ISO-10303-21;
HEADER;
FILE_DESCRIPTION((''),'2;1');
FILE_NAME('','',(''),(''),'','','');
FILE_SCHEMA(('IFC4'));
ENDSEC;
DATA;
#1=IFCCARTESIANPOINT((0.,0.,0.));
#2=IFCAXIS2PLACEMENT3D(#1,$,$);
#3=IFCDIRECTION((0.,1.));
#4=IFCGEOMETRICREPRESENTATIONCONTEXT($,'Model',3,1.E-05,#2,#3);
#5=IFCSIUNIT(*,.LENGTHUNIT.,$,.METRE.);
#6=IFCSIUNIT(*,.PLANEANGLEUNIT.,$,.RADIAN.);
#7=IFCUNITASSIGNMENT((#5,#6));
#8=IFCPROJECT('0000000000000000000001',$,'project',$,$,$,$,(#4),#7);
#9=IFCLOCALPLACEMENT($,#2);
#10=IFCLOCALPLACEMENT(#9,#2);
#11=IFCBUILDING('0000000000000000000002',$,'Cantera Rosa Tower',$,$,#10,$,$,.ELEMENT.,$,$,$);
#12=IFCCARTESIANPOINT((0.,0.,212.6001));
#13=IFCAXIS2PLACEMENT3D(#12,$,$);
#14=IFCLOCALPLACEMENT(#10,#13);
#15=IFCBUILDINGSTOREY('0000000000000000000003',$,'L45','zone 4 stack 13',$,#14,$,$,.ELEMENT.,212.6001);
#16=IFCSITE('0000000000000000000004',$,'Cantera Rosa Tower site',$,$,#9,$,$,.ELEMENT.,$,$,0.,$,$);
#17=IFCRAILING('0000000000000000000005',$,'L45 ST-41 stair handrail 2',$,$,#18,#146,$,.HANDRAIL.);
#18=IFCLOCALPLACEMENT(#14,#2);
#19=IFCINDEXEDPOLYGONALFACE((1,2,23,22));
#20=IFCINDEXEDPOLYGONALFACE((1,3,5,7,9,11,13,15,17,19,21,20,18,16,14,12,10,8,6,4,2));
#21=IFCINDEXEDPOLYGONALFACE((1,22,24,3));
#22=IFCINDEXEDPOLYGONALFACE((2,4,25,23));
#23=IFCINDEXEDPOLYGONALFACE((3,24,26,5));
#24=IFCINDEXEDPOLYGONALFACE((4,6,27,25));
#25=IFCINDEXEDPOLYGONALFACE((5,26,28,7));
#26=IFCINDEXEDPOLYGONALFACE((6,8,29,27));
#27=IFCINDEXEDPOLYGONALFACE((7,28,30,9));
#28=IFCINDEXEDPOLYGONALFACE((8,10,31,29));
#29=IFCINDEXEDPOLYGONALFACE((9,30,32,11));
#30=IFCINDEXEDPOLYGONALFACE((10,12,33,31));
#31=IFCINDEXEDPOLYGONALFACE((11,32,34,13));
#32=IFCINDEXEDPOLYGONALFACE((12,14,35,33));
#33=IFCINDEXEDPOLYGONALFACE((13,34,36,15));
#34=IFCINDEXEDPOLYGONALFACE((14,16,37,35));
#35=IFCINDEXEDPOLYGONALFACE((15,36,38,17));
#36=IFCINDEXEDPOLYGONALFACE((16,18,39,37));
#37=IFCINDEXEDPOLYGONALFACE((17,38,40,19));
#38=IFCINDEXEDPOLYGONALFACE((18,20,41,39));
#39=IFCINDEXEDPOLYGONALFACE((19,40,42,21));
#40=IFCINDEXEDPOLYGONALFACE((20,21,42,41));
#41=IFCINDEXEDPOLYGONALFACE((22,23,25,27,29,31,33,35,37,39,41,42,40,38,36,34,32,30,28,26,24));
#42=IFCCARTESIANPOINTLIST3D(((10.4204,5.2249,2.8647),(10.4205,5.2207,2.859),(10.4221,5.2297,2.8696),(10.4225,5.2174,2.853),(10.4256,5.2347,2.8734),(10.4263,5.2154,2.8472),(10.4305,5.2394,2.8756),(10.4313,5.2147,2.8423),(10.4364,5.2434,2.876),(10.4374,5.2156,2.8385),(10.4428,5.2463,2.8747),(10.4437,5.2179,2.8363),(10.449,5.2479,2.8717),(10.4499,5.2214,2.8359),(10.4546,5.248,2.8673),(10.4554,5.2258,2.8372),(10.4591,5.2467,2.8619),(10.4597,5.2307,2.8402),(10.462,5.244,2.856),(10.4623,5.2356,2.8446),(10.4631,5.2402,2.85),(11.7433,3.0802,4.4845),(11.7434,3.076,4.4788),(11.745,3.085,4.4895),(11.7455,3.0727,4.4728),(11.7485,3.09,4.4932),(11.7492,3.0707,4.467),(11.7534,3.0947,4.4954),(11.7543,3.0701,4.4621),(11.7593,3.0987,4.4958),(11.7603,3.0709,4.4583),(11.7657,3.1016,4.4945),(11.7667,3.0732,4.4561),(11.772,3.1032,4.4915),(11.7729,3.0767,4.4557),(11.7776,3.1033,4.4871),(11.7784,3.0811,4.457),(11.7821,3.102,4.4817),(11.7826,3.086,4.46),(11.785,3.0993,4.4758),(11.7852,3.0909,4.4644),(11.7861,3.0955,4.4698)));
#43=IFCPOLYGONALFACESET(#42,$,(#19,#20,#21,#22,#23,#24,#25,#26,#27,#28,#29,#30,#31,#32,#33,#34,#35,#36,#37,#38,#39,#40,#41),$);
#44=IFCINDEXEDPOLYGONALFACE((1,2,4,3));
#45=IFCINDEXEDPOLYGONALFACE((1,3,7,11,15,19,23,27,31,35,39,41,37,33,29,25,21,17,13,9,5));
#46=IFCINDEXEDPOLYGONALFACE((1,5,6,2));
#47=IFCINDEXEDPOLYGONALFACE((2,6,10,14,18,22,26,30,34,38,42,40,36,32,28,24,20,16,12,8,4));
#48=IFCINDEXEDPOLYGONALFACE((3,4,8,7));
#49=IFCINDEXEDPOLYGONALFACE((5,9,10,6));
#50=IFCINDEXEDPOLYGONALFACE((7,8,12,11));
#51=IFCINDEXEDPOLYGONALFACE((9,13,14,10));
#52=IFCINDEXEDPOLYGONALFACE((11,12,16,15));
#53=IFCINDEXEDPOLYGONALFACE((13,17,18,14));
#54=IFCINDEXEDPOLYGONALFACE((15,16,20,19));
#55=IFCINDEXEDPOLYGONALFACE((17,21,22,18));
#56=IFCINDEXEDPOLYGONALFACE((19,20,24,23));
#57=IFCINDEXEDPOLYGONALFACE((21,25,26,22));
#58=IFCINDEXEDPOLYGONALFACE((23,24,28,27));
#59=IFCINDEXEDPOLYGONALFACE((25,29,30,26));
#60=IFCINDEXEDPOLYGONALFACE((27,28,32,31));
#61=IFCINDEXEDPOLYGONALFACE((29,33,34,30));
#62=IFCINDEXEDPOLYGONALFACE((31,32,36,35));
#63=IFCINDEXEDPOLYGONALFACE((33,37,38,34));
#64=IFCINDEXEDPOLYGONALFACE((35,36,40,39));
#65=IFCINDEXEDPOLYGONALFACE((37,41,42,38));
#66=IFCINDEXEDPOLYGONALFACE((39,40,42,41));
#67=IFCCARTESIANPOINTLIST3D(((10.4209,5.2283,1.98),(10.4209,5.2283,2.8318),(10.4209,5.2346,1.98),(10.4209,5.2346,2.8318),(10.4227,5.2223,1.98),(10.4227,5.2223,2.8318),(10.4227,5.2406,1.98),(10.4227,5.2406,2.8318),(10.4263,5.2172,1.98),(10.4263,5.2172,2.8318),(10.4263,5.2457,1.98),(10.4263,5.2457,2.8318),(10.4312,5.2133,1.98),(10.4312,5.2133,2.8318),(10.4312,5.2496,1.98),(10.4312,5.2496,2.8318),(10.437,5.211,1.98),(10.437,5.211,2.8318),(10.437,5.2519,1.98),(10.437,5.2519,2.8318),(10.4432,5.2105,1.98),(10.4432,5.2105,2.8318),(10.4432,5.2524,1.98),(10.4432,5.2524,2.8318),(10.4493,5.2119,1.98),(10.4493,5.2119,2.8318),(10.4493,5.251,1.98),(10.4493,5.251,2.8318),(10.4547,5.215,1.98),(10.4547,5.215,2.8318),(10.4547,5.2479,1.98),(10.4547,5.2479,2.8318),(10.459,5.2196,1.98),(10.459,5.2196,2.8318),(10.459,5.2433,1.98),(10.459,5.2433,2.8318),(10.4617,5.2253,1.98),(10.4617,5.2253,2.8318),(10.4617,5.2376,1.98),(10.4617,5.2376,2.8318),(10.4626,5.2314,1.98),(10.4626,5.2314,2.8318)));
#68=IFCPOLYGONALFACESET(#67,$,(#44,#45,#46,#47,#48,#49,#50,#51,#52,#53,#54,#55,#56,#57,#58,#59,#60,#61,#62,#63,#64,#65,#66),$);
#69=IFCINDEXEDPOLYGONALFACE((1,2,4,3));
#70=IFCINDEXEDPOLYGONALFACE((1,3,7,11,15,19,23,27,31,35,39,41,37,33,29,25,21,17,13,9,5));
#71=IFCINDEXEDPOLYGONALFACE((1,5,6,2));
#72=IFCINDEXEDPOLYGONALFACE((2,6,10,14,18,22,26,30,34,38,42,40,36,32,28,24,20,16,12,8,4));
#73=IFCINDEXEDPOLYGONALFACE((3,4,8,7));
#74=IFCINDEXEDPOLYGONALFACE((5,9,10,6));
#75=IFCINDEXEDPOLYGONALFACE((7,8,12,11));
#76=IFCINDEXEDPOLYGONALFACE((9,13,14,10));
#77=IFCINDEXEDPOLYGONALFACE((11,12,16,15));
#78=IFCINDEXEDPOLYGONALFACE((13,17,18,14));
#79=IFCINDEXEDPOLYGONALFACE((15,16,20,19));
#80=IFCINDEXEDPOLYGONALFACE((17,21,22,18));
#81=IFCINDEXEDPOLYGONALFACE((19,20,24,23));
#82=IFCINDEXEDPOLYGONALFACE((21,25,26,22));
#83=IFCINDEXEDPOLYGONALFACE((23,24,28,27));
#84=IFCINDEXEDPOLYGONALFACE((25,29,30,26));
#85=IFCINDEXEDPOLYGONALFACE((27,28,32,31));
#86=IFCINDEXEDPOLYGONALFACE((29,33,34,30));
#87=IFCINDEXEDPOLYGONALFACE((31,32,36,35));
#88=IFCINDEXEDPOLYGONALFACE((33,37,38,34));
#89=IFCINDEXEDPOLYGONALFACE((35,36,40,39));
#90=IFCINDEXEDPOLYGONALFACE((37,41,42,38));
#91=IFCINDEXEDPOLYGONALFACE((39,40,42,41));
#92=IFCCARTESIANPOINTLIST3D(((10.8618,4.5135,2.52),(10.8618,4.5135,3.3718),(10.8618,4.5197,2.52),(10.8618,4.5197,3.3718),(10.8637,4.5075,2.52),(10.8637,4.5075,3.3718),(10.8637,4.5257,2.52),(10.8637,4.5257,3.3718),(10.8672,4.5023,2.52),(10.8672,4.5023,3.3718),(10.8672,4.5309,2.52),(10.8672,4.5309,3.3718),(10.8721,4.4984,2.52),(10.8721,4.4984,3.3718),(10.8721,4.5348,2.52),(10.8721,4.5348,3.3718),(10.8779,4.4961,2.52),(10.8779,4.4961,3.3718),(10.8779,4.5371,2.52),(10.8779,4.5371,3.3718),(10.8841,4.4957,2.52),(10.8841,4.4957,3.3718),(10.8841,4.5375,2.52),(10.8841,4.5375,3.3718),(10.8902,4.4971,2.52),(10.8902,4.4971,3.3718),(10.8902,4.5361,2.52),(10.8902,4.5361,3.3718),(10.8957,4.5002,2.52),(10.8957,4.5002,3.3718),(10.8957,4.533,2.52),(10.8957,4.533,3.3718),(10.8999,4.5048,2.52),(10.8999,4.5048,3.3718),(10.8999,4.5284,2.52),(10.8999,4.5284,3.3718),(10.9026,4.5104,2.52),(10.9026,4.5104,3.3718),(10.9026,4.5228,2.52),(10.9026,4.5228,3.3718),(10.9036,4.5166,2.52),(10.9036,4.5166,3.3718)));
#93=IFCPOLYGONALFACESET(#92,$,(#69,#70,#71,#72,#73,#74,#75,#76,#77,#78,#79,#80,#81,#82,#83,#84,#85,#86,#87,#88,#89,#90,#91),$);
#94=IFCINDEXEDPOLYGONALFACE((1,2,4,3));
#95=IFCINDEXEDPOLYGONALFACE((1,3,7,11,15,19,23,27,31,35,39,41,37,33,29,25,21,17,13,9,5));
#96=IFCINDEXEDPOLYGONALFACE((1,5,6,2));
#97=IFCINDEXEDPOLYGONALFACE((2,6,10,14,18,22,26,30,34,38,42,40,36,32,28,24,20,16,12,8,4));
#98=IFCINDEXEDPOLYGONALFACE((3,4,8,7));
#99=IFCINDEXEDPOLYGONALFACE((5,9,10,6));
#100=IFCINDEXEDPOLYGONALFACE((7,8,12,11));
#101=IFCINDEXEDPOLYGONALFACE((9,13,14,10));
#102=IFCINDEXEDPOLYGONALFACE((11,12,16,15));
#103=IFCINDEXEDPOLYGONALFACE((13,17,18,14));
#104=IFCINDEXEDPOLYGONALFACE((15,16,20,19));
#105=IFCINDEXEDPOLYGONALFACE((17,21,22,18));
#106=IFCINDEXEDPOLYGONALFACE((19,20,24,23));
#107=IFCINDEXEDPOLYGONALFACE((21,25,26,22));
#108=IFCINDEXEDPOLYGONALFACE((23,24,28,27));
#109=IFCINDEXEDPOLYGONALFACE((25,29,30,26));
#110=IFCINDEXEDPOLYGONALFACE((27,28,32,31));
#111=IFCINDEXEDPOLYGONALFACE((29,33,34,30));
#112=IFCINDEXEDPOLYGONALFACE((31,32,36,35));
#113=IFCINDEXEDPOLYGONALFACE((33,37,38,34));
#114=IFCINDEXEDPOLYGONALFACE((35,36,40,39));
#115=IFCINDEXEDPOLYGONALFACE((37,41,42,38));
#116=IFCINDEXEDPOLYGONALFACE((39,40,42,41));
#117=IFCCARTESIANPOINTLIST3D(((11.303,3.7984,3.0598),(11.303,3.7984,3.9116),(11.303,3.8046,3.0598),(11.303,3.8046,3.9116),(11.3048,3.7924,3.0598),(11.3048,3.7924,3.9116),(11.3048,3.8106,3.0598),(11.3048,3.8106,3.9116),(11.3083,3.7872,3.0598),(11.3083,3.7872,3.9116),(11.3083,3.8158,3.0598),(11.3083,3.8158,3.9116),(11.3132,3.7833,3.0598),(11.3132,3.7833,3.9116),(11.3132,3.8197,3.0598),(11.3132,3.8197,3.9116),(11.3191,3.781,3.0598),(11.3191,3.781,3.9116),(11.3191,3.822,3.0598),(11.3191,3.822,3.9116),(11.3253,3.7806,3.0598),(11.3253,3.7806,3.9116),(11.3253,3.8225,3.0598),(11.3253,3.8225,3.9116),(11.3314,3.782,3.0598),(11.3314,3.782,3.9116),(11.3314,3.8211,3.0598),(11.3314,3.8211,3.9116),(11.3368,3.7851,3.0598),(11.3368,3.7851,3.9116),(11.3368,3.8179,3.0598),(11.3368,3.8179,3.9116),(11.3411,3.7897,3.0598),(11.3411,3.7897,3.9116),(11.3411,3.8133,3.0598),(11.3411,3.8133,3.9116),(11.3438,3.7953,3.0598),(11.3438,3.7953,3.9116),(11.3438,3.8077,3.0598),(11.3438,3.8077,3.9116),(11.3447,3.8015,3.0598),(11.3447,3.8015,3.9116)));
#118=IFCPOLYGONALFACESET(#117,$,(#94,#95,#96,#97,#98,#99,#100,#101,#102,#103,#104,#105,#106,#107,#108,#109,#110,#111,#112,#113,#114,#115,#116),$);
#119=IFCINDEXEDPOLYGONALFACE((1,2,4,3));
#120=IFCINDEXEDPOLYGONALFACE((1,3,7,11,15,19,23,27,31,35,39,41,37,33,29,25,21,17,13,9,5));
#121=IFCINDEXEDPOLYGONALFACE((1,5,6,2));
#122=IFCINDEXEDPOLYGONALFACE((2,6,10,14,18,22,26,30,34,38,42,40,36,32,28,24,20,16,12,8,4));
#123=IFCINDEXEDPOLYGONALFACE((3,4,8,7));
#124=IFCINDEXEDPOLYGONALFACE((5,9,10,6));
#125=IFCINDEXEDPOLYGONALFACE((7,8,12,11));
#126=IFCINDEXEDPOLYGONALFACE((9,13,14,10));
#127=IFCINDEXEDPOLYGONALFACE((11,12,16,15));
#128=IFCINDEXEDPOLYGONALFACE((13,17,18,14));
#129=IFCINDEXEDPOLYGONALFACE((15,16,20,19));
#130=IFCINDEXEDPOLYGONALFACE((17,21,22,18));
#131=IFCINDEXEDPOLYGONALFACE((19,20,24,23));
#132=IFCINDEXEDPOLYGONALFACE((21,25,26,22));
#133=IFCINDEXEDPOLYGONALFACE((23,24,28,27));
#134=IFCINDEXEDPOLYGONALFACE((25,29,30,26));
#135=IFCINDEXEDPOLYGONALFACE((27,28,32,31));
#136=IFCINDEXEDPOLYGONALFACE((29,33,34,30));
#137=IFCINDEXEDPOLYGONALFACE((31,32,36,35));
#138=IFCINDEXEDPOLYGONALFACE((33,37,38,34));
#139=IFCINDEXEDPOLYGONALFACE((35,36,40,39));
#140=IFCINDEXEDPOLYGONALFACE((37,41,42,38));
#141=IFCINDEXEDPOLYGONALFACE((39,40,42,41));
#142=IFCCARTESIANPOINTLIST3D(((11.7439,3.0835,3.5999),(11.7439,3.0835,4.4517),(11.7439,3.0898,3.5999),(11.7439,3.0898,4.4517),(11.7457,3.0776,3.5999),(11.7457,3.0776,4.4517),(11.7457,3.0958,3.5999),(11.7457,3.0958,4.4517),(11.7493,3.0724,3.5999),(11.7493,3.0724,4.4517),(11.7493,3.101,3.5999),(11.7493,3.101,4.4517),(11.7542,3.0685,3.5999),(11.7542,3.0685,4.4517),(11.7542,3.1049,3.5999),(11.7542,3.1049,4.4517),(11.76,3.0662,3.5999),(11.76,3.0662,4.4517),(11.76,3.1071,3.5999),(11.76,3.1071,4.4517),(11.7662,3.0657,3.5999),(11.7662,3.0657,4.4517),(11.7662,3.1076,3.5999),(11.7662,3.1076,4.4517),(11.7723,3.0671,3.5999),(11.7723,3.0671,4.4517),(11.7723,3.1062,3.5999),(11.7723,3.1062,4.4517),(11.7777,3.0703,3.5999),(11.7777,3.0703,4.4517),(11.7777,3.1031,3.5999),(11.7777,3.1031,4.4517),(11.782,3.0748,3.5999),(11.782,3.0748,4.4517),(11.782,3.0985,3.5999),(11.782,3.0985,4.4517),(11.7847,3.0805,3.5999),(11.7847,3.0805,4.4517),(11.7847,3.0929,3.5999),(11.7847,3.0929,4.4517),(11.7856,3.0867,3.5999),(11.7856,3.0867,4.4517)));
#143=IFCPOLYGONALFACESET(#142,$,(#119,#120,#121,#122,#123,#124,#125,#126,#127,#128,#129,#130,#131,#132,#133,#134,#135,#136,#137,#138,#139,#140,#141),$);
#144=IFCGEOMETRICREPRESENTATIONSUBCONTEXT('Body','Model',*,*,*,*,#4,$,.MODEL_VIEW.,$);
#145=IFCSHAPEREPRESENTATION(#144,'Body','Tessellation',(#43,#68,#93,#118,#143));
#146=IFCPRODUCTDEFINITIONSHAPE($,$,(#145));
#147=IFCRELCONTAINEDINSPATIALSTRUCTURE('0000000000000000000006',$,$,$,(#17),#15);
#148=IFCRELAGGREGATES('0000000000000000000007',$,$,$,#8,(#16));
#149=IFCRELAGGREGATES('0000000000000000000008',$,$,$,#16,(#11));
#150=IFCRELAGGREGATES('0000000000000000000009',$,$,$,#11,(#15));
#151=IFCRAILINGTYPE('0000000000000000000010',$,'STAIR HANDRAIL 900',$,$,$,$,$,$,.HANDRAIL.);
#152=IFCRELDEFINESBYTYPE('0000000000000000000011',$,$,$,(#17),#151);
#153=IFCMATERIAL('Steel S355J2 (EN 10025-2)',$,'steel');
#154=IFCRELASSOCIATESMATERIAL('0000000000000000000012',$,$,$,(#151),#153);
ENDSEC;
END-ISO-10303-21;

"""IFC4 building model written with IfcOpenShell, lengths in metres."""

from ifc_helpers import new_model, si_unit, direction, frame, origin, origin_2d, place, context, subcontext, project, spatial, circle, extrude, material, type_object, element, save


model = new_model("IFC4")

# Units and contexts
model_context = context("Model", 3, precision=1e-05, world=origin(), true_north=direction((0.0, 1.0)))
body_context = subcontext(model_context, "Body", "Model", "MODEL_VIEW")
ifc_project = project(units=[si_unit("LENGTHUNIT", "METRE"), si_unit("PLANEANGLEUNIT", "RADIAN")], contexts=[model_context])

# Site, building, storey
site_placement = place(None, origin())
site = spatial("IfcSite", under=ifc_project, at=site_placement, Name="Cantera Rosa Tower site", CompositionType="ELEMENT", RefElevation=0.0)
building_placement = place(site_placement, origin())
building = spatial("IfcBuilding", under=site, at=building_placement, Name="Cantera Rosa Tower", CompositionType="ELEMENT")
storey_placement = place(building_placement, frame((0.0, 0.0, 212.6001)))
storey = spatial("IfcBuildingStorey", under=building, at=storey_placement, Name="L45", Description="zone 4 stack 13", CompositionType="ELEMENT", Elevation=212.6001)

# Railing
ifc_material_1 = material(Name="Steel S355J2 (EN 10025-2)", Category="steel")
railing_type_1 = type_object("IfcRailingType", Name="STAIR HANDRAIL 900", PredefinedType="HANDRAIL", material=ifc_material_1)
railing_1_placement = place(storey_placement, frame((10.4417, 5.2314, 1.98)))
element("IfcRailing", 1, at=railing_1_placement, inside=storey, type_object=railing_type_1, Name="L45 ST-41 stair handrail 2", PredefinedType="HANDRAIL", context=body_context, shape_type="SweptSolid", body=[
    extrude(circle(Radius=0.0239, at=origin_2d()), frame((0.0, 0.0, 0.876), z_axis=(0.441629, -0.715945, 0.540728), x_axis=(0.851102, 0.525, 0.0)), (0.0, 0.0, 1.0), 2.9956),
    extrude(circle(Radius=0.021, at=origin_2d()), origin(), (0.0, 0.0, 1.0), 0.8518),
    extrude(circle(Radius=0.021, at=origin_2d()), frame((0.4409, -0.7148, 0.54)), (0.0, 0.0, 1.0), 0.8518),
    extrude(circle(Radius=0.021, at=origin_2d()), frame((0.8821, -1.4299, 1.0798)), (0.0, 0.0, 1.0), 0.8518),
    extrude(circle(Radius=0.021, at=origin_2d()), frame((1.323, -2.1448, 1.6199)), (0.0, 0.0, 1.0), 0.8518),
])

save(model, "model.ifc")
